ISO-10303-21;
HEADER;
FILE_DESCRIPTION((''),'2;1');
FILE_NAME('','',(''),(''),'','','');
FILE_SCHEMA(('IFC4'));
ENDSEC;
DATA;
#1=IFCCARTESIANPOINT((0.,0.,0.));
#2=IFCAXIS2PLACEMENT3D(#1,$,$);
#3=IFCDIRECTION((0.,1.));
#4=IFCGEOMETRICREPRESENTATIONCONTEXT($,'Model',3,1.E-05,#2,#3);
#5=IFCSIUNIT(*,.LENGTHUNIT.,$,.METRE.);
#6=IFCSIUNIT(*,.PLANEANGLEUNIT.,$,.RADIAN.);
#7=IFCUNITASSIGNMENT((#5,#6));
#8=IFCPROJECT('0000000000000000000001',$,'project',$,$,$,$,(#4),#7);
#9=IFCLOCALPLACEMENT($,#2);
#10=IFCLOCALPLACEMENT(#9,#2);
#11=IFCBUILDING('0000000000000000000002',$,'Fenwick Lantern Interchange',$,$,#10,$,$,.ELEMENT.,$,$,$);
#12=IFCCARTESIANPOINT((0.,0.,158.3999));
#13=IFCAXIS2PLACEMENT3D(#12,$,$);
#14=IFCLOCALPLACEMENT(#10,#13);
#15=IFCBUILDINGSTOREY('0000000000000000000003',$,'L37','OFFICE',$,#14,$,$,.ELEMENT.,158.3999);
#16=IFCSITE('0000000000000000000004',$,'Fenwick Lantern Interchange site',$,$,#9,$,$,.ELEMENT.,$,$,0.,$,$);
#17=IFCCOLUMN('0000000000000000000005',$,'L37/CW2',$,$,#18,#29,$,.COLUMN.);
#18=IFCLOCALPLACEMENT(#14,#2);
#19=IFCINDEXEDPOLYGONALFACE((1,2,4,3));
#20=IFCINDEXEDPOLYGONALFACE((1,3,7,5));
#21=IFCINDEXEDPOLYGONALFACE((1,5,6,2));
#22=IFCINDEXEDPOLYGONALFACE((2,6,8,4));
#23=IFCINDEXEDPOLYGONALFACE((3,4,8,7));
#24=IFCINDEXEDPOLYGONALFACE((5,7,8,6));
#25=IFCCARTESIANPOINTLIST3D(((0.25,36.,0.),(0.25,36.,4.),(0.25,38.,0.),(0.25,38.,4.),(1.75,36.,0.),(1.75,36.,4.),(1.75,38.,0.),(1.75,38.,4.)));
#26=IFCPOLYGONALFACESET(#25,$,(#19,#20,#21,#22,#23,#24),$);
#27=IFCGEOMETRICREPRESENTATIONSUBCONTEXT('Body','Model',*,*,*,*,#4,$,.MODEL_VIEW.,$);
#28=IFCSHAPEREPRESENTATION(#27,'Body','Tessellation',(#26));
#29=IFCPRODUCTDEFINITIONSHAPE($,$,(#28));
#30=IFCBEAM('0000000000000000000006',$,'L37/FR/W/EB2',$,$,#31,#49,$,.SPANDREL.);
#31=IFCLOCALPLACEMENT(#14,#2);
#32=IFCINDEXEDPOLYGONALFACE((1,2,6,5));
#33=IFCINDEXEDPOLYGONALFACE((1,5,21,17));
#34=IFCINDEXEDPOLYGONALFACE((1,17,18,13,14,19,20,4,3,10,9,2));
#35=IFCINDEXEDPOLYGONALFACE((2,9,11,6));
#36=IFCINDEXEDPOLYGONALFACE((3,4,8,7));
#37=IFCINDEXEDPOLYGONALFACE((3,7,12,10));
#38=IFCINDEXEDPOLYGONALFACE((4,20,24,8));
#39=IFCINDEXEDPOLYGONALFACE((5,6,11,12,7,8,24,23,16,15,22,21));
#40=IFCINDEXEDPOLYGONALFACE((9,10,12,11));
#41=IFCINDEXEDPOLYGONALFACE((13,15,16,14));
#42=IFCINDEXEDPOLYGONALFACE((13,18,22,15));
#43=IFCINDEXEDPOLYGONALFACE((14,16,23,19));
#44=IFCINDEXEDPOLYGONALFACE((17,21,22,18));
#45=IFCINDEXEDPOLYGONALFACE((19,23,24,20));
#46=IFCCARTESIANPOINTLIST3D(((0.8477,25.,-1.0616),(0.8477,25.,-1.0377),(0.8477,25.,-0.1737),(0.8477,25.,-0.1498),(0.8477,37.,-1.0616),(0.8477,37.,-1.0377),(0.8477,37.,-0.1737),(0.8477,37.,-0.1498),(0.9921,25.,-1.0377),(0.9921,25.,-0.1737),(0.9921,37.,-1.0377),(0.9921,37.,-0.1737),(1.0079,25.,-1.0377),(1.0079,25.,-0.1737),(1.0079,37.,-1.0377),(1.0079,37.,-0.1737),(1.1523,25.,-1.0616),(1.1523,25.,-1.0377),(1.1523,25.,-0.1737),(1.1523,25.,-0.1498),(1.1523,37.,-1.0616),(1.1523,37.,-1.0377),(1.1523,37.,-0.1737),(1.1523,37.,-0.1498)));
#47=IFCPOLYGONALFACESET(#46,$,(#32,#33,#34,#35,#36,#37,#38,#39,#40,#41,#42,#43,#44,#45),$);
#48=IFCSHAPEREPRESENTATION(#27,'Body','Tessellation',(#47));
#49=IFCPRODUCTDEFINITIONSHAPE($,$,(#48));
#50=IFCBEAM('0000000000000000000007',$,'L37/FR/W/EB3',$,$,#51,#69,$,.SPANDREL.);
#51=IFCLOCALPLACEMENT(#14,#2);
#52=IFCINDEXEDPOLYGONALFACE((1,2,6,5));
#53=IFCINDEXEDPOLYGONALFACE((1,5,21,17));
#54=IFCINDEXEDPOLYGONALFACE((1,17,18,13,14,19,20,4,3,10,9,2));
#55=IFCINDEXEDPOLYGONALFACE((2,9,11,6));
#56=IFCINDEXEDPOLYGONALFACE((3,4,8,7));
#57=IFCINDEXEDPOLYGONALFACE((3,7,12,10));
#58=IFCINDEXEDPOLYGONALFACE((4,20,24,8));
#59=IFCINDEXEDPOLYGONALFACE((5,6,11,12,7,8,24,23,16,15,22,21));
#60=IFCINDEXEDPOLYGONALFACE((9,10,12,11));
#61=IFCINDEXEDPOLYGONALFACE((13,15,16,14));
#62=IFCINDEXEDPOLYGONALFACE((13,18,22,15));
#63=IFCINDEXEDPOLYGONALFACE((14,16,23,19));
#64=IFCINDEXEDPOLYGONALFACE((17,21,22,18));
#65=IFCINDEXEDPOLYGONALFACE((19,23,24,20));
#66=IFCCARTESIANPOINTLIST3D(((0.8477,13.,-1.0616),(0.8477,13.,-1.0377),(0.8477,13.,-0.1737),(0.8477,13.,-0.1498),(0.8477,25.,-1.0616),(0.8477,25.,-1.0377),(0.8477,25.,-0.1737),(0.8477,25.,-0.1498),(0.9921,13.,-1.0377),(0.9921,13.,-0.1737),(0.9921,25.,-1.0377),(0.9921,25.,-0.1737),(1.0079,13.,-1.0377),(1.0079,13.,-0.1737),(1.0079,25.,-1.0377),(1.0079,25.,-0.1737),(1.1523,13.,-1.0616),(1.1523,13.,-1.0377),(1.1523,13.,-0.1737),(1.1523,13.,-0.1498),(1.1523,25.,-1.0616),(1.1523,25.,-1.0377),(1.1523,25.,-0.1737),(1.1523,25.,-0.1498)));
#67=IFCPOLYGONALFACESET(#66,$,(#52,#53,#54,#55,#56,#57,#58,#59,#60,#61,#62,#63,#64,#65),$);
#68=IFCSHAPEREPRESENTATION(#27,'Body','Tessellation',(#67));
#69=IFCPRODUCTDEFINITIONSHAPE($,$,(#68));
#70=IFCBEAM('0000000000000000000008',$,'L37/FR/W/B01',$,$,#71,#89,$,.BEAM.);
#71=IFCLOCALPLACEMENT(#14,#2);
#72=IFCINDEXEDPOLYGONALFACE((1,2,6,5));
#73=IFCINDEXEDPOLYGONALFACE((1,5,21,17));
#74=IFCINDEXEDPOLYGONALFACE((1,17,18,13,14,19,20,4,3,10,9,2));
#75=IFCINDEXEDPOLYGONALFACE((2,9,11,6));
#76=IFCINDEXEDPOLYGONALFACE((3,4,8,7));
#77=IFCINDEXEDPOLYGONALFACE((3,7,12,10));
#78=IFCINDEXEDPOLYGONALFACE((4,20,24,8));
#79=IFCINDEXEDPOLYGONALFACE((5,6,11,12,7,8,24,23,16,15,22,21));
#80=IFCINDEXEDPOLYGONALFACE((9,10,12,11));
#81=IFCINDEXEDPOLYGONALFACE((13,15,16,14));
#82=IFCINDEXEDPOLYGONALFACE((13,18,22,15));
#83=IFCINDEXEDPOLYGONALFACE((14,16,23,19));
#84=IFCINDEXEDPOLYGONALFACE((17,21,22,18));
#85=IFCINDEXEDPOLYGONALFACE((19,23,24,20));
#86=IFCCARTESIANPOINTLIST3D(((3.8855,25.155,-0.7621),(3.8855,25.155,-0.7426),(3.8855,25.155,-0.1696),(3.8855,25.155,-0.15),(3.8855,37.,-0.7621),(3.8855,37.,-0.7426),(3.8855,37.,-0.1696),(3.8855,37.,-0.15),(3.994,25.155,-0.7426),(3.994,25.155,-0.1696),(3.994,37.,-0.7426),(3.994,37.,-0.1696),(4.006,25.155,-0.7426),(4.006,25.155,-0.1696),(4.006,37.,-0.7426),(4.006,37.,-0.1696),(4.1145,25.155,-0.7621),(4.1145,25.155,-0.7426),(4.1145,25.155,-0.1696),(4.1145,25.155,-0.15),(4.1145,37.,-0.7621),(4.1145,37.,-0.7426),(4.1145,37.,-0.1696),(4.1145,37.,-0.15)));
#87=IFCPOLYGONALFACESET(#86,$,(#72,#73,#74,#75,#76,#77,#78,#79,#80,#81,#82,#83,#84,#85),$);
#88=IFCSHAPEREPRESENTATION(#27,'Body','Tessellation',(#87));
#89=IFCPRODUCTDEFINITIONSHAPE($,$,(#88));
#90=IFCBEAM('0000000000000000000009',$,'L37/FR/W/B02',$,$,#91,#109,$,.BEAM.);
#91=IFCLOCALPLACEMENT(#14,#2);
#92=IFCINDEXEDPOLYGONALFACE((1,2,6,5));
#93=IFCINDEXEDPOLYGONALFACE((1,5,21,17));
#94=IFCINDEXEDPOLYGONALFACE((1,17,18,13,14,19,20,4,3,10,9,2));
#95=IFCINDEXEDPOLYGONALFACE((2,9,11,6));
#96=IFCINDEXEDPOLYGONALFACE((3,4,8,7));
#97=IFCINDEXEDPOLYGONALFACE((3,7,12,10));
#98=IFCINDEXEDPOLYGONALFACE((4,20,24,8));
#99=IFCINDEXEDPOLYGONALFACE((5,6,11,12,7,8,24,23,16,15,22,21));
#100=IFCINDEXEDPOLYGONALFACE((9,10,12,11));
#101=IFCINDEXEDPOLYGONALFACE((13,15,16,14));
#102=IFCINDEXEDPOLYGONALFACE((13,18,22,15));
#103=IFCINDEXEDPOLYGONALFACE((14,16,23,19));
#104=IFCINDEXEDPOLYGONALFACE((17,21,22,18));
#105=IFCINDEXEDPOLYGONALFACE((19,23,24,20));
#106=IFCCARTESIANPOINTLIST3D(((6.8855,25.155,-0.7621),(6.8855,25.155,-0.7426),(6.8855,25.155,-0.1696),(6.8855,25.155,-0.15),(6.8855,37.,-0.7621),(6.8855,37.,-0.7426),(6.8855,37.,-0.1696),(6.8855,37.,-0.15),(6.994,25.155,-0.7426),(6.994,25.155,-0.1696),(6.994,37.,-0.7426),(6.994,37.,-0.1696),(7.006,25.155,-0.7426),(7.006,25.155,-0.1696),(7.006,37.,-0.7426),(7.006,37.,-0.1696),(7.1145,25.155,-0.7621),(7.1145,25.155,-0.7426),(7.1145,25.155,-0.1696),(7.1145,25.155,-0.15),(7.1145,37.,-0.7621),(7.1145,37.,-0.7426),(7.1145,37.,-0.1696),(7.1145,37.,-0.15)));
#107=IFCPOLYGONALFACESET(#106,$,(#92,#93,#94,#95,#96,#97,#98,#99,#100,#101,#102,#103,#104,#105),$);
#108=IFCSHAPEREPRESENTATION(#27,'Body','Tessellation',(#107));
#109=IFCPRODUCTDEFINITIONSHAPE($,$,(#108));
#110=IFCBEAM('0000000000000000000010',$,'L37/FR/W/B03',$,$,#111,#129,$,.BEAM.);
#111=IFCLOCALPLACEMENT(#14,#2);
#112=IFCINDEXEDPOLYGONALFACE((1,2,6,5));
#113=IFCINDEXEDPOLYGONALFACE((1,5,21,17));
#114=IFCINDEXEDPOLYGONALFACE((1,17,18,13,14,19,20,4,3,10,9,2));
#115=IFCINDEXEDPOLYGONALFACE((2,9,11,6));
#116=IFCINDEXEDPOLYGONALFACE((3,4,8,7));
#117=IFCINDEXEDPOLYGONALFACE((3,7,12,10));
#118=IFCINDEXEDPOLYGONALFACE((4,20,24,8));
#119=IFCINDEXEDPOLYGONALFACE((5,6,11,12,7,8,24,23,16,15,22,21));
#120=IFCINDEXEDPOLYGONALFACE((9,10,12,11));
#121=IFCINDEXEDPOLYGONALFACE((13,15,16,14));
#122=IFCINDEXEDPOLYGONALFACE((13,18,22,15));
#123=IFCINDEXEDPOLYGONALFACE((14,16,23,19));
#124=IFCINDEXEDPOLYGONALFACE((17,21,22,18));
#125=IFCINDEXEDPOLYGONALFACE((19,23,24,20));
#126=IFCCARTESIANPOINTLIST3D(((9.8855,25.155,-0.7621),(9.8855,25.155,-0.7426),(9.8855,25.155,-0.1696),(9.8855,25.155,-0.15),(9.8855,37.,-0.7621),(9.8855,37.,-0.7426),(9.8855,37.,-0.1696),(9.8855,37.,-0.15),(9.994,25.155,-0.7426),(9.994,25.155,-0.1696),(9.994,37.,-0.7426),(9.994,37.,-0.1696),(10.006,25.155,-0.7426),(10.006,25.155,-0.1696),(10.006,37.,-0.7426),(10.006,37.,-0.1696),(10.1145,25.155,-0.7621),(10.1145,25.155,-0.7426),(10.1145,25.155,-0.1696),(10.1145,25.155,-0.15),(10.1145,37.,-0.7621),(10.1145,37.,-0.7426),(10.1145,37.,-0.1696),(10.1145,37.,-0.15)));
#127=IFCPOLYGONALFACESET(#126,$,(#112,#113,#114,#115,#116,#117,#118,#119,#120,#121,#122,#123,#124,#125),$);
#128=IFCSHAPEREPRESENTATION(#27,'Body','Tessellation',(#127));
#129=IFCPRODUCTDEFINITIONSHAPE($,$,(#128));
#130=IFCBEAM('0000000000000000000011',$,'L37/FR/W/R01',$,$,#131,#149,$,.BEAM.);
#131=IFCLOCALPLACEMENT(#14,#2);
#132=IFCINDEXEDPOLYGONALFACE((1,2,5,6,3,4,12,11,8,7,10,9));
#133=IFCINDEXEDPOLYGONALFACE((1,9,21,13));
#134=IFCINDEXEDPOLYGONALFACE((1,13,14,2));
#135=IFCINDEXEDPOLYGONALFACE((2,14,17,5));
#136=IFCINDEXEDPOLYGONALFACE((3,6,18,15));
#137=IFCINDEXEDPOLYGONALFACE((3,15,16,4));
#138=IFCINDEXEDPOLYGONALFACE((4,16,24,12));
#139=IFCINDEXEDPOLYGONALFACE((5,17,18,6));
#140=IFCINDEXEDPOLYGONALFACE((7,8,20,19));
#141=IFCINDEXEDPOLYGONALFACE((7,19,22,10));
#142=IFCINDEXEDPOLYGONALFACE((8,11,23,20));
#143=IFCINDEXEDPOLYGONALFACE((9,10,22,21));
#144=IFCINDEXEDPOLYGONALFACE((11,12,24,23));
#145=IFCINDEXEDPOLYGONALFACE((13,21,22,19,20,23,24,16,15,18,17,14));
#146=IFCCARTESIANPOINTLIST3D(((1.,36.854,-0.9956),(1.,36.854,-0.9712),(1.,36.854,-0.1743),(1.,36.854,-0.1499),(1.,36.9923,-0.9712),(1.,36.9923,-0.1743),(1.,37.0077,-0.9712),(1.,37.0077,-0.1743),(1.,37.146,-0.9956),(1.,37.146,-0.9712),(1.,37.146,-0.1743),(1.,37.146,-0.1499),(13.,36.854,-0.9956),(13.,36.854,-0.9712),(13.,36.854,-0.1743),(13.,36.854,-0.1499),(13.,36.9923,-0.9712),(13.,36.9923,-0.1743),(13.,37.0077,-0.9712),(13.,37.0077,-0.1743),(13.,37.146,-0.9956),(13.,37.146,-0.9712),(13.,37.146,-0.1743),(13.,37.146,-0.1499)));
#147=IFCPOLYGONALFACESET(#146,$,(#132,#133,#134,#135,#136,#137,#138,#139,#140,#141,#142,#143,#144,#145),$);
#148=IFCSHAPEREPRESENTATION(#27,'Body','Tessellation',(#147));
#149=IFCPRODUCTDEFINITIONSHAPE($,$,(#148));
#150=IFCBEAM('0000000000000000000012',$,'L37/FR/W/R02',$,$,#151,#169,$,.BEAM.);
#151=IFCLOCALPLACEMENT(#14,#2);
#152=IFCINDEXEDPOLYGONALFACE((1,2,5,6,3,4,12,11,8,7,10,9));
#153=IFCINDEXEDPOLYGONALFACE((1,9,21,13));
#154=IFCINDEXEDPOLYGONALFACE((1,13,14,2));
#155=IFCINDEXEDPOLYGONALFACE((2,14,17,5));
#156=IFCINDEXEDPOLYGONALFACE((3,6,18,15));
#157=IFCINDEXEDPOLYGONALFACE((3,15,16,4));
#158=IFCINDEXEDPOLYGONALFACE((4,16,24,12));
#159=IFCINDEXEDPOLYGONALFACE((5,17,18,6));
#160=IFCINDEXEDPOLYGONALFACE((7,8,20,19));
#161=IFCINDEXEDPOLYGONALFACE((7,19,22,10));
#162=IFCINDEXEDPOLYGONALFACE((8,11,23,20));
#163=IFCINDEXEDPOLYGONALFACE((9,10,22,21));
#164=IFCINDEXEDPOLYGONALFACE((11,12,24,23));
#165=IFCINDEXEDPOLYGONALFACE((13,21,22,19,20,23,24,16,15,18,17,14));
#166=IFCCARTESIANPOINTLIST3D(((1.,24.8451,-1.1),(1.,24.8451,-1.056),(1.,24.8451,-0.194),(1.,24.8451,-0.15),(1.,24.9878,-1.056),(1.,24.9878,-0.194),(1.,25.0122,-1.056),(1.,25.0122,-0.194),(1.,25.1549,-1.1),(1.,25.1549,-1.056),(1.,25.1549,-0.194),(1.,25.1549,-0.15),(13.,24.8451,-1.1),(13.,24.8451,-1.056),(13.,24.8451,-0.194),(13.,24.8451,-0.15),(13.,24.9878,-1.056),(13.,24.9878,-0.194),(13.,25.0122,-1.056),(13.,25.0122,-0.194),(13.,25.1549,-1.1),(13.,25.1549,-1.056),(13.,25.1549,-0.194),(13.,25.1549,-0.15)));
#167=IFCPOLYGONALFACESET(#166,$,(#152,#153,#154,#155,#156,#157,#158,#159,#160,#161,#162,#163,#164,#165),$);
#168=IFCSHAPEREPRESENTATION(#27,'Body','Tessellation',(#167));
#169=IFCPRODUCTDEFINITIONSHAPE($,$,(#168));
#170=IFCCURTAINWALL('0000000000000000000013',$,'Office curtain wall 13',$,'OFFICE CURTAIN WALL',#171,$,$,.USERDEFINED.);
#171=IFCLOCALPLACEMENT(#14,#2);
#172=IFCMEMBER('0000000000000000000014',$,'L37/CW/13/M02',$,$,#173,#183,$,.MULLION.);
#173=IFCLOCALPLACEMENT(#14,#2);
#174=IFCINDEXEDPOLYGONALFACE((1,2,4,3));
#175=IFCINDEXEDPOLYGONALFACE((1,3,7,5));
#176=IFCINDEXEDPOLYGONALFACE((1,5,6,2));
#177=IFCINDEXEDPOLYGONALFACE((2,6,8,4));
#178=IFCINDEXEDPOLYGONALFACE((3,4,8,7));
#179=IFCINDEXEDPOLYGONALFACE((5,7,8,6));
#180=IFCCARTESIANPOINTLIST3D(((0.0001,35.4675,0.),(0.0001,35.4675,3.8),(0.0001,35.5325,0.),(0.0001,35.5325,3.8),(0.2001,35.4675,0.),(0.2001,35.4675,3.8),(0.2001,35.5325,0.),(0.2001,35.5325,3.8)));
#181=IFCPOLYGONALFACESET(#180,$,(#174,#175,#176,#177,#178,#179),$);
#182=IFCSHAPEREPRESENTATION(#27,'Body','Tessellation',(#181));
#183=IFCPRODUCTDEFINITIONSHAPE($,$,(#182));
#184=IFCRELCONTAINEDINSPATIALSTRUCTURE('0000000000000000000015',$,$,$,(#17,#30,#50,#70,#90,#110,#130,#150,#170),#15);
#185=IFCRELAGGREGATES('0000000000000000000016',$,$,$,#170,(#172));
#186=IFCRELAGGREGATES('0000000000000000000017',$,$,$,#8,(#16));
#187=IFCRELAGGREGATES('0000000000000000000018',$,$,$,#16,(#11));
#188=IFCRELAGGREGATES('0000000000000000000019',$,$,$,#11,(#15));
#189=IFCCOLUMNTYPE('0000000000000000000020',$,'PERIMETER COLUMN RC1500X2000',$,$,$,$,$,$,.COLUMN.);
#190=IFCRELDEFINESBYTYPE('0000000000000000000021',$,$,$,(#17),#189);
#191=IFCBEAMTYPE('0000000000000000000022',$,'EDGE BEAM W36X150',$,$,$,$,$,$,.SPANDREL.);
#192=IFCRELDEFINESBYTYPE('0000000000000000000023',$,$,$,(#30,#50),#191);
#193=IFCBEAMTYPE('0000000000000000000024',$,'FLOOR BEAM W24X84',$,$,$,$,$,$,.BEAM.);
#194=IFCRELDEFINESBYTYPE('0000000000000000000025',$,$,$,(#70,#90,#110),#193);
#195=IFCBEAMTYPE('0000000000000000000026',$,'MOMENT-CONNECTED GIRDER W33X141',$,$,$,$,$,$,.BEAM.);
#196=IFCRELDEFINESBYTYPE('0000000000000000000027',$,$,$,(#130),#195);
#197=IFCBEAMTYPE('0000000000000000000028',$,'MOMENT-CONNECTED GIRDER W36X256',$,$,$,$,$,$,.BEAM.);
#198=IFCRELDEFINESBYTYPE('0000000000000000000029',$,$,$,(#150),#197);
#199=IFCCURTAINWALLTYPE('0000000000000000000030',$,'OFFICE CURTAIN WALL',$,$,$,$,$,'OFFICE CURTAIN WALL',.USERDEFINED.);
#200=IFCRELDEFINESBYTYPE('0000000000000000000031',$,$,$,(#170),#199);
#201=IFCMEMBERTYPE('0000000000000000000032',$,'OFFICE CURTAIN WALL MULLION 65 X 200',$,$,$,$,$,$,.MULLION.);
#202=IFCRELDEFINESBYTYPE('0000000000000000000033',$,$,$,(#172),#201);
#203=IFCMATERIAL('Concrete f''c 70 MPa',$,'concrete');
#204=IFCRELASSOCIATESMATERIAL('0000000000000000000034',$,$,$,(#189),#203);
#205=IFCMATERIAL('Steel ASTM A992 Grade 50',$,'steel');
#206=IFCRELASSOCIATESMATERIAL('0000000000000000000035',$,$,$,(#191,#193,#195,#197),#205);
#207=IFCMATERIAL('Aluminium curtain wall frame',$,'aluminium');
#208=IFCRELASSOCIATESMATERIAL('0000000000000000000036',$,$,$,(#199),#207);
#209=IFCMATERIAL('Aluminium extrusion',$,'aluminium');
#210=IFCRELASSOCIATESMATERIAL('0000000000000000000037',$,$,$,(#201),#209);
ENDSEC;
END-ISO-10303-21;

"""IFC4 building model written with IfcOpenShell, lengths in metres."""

from ifc_helpers import new_model, si_unit, direction, frame, origin, origin_2d, place, context, subcontext, project, spatial, rectangle, i_section, extrude, material, material_profile, profile_set, type_object, element, aggregate, save


model = new_model("IFC4")

# Units and contexts
model_context = context("Model", 3, precision=1e-05, world=origin(), true_north=direction((0.0, 1.0)))
body_context = subcontext(model_context, "Body", "Model", "MODEL_VIEW")
ifc_project = project(units=[si_unit("LENGTHUNIT", "METRE"), si_unit("PLANEANGLEUNIT", "RADIAN")], contexts=[model_context])

# Site, building, storey
site_placement = place(None, origin())
site = spatial("IfcSite", under=ifc_project, at=site_placement, Name="Fenwick Lantern Interchange site", CompositionType="ELEMENT", RefElevation=0.0)
building_placement = place(site_placement, origin())
building = spatial("IfcBuilding", under=site, at=building_placement, Name="Fenwick Lantern Interchange", CompositionType="ELEMENT")
storey_placement = place(building_placement, frame((0.0, 0.0, 158.3999)))
storey = spatial("IfcBuildingStorey", under=building, at=storey_placement, Name="L37", Description="OFFICE", CompositionType="ELEMENT", Elevation=158.3999)

# Column
ifc_material_1 = material(Name="Concrete f'c 70 MPa", Category="concrete")
ifc_material_profile_1 = material_profile(ifc_material_1, rectangle(XDim=1.5, YDim=2.0, at=origin_2d()), Name="RC1500X2000")
ifc_profile_set_1 = profile_set([ifc_material_profile_1], Name="Concrete f'c 70 MPa")
column_type = type_object("IfcColumnType", Name="PERIMETER COLUMN RC1500X2000", PredefinedType="COLUMN", material=ifc_profile_set_1)
column_placement = place(storey_placement, frame((1.0, 37.0, 0.0), z_axis=(0.0, 0.0, 1.0), x_axis=(1.0, 0.0, 0.0)))
element("IfcColumn", 1, at=column_placement, inside=storey, type_object=column_type, Name="L37/CW2", PredefinedType="COLUMN", context=body_context, shape_type="SweptSolid", body=[
    extrude(rectangle(XDim=1.5, YDim=2.0, at=origin_2d()), origin(), (0.0, 0.0, 1.0), 4.0),
])

# Beams
ifc_material_2 = material(Name="Steel ASTM A992 Grade 50", Category="steel")
ifc_material_profile_2 = material_profile(ifc_material_2, i_section(OverallWidth=0.3047, OverallDepth=0.9119, WebThickness=0.0159, FlangeThickness=0.0239, at=origin_2d()), Name="W36X150")
ifc_profile_set_2 = profile_set([ifc_material_profile_2], Name="Steel ASTM A992 Grade 50")
beam_type_1 = type_object("IfcBeamType", Name="EDGE BEAM W36X150", PredefinedType="SPANDREL", material=ifc_profile_set_2)
for number, where, z_axis, x_axis, name in (
    (2, (1.0, 37.0, -0.6057), (0.0, -1.0, 0.0), (1.0, 0.0, 0.0), "L37/FR/W/EB2"),
    (3, (1.0, 25.0, -0.6057), (0.0, -1.0, 0.0), (1.0, 0.0, 0.0), "L37/FR/W/EB3"),
):
    element("IfcBeam", number, at=place(storey_placement, frame(where, z_axis=z_axis, x_axis=x_axis)), inside=storey, type_object=beam_type_1, Name=name, PredefinedType="SPANDREL", context=body_context, shape_type="SweptSolid", body=[
        extrude(i_section(OverallWidth=0.3047, OverallDepth=0.9119, WebThickness=0.0159, FlangeThickness=0.0239, at=origin_2d()), origin(), (0.0, 0.0, 1.0), 12.0),
    ])
ifc_material_profile_3 = material_profile(ifc_material_2, i_section(OverallWidth=0.229, OverallDepth=0.6121, WebThickness=0.012, FlangeThickness=0.0195, at=origin_2d()), Name="W24X84")
ifc_profile_set_3 = profile_set([ifc_material_profile_3], Name="Steel ASTM A992 Grade 50")
beam_type_2 = type_object("IfcBeamType", Name="FLOOR BEAM W24X84", PredefinedType="BEAM", material=ifc_profile_set_3)
for number, where, z_axis, x_axis, name in (
    (4, (4.0, 37.0, -0.4561), (0.0, -1.0, 0.0), (1.0, 0.0, 0.0), "L37/FR/W/B01"),
    (5, (7.0, 37.0, -0.4561), (0.0, -1.0, 0.0), (1.0, 0.0, 0.0), "L37/FR/W/B02"),
    (6, (10.0, 37.0, -0.4561), (0.0, -1.0, 0.0), (1.0, 0.0, 0.0), "L37/FR/W/B03"),
):
    element("IfcBeam", number, at=place(storey_placement, frame(where, z_axis=z_axis, x_axis=x_axis)), inside=storey, type_object=beam_type_2, Name=name, PredefinedType="BEAM", context=body_context, shape_type="SweptSolid", body=[
        extrude(i_section(OverallWidth=0.229, OverallDepth=0.6121, WebThickness=0.012, FlangeThickness=0.0195, at=origin_2d()), origin(), (0.0, 0.0, 1.0), 11.845),
    ])
ifc_material_profile_4 = material_profile(ifc_material_2, i_section(OverallWidth=0.292, OverallDepth=0.8457, WebThickness=0.0154, FlangeThickness=0.0244, at=origin_2d()), Name="W33X141")
ifc_profile_set_4 = profile_set([ifc_material_profile_4], Name="Steel ASTM A992 Grade 50")
beam_type_3 = type_object("IfcBeamType", Name="MOMENT-CONNECTED GIRDER W33X141", PredefinedType="BEAM", material=ifc_profile_set_4)
beam_1_placement = place(storey_placement, frame((1.0, 37.0, -0.5728), z_axis=(1.0, 0.0, 0.0), x_axis=(0.0, 1.0, 0.0)))
element("IfcBeam", 7, at=beam_1_placement, inside=storey, type_object=beam_type_3, Name="L37/FR/W/R01", PredefinedType="BEAM", context=body_context, shape_type="SweptSolid", body=[
    extrude(i_section(OverallWidth=0.292, OverallDepth=0.8457, WebThickness=0.0154, FlangeThickness=0.0244, at=origin_2d()), origin(), (0.0, 0.0, 1.0), 12.0),
])
ifc_material_profile_5 = material_profile(ifc_material_2, i_section(OverallWidth=0.3098, OverallDepth=0.95, WebThickness=0.0244, FlangeThickness=0.0439, at=origin_2d()), Name="W36X256")
ifc_profile_set_5 = profile_set([ifc_material_profile_5], Name="Steel ASTM A992 Grade 50")
beam_type_4 = type_object("IfcBeamType", Name="MOMENT-CONNECTED GIRDER W36X256", PredefinedType="BEAM", material=ifc_profile_set_5)
beam_2_placement = place(storey_placement, frame((1.0, 25.0, -0.625), z_axis=(1.0, 0.0, 0.0), x_axis=(0.0, 1.0, 0.0)))
element("IfcBeam", 8, at=beam_2_placement, inside=storey, type_object=beam_type_4, Name="L37/FR/W/R02", PredefinedType="BEAM", context=body_context, shape_type="SweptSolid", body=[
    extrude(i_section(OverallWidth=0.3098, OverallDepth=0.95, WebThickness=0.0244, FlangeThickness=0.0439, at=origin_2d()), origin(), (0.0, 0.0, 1.0), 12.0),
])

# Curtain wall, member
ifc_material_3 = material(Name="Aluminium curtain wall frame", Category="aluminium")
curtain_wall_type = type_object("IfcCurtainWallType", Name="OFFICE CURTAIN WALL", ElementType="OFFICE CURTAIN WALL", PredefinedType="USERDEFINED", material=ifc_material_3)
curtain_wall_placement = place(storey_placement, origin())
curtain_wall = element("IfcCurtainWall", 9, at=curtain_wall_placement, inside=storey, type_object=curtain_wall_type, Name="Office curtain wall 13", ObjectType="OFFICE CURTAIN WALL", PredefinedType="USERDEFINED")
ifc_material_4 = material(Name="Aluminium extrusion", Category="aluminium")
ifc_material_profile_6 = material_profile(ifc_material_4, rectangle(XDim=0.2, YDim=0.0649, at=origin_2d()), Name="OFFICE CURTAIN WALL MULLION 65 X 200")
ifc_profile_set_6 = profile_set([ifc_material_profile_6], Name="Aluminium extrusion")
member_type_1 = type_object("IfcMemberType", Name="OFFICE CURTAIN WALL MULLION 65 X 200", PredefinedType="MULLION", material=ifc_profile_set_6)
member_1_placement = place(storey_placement, frame((0.1001, 35.5, 0.0), z_axis=(0.0, 0.0, 1.0), x_axis=(1.0, 0.0, 0.0)))
member_1 = element("IfcMember", 10, at=member_1_placement, type_object=member_type_1, Name="L37/CW/13/M02", PredefinedType="MULLION", context=body_context, shape_type="SweptSolid", body=[
    extrude(rectangle(XDim=0.2, YDim=0.0649, at=origin_2d()), origin(), (0.0, 0.0, 1.0), 3.8),
])
aggregate(curtain_wall, [member_1])

save(model, "model.ifc")
